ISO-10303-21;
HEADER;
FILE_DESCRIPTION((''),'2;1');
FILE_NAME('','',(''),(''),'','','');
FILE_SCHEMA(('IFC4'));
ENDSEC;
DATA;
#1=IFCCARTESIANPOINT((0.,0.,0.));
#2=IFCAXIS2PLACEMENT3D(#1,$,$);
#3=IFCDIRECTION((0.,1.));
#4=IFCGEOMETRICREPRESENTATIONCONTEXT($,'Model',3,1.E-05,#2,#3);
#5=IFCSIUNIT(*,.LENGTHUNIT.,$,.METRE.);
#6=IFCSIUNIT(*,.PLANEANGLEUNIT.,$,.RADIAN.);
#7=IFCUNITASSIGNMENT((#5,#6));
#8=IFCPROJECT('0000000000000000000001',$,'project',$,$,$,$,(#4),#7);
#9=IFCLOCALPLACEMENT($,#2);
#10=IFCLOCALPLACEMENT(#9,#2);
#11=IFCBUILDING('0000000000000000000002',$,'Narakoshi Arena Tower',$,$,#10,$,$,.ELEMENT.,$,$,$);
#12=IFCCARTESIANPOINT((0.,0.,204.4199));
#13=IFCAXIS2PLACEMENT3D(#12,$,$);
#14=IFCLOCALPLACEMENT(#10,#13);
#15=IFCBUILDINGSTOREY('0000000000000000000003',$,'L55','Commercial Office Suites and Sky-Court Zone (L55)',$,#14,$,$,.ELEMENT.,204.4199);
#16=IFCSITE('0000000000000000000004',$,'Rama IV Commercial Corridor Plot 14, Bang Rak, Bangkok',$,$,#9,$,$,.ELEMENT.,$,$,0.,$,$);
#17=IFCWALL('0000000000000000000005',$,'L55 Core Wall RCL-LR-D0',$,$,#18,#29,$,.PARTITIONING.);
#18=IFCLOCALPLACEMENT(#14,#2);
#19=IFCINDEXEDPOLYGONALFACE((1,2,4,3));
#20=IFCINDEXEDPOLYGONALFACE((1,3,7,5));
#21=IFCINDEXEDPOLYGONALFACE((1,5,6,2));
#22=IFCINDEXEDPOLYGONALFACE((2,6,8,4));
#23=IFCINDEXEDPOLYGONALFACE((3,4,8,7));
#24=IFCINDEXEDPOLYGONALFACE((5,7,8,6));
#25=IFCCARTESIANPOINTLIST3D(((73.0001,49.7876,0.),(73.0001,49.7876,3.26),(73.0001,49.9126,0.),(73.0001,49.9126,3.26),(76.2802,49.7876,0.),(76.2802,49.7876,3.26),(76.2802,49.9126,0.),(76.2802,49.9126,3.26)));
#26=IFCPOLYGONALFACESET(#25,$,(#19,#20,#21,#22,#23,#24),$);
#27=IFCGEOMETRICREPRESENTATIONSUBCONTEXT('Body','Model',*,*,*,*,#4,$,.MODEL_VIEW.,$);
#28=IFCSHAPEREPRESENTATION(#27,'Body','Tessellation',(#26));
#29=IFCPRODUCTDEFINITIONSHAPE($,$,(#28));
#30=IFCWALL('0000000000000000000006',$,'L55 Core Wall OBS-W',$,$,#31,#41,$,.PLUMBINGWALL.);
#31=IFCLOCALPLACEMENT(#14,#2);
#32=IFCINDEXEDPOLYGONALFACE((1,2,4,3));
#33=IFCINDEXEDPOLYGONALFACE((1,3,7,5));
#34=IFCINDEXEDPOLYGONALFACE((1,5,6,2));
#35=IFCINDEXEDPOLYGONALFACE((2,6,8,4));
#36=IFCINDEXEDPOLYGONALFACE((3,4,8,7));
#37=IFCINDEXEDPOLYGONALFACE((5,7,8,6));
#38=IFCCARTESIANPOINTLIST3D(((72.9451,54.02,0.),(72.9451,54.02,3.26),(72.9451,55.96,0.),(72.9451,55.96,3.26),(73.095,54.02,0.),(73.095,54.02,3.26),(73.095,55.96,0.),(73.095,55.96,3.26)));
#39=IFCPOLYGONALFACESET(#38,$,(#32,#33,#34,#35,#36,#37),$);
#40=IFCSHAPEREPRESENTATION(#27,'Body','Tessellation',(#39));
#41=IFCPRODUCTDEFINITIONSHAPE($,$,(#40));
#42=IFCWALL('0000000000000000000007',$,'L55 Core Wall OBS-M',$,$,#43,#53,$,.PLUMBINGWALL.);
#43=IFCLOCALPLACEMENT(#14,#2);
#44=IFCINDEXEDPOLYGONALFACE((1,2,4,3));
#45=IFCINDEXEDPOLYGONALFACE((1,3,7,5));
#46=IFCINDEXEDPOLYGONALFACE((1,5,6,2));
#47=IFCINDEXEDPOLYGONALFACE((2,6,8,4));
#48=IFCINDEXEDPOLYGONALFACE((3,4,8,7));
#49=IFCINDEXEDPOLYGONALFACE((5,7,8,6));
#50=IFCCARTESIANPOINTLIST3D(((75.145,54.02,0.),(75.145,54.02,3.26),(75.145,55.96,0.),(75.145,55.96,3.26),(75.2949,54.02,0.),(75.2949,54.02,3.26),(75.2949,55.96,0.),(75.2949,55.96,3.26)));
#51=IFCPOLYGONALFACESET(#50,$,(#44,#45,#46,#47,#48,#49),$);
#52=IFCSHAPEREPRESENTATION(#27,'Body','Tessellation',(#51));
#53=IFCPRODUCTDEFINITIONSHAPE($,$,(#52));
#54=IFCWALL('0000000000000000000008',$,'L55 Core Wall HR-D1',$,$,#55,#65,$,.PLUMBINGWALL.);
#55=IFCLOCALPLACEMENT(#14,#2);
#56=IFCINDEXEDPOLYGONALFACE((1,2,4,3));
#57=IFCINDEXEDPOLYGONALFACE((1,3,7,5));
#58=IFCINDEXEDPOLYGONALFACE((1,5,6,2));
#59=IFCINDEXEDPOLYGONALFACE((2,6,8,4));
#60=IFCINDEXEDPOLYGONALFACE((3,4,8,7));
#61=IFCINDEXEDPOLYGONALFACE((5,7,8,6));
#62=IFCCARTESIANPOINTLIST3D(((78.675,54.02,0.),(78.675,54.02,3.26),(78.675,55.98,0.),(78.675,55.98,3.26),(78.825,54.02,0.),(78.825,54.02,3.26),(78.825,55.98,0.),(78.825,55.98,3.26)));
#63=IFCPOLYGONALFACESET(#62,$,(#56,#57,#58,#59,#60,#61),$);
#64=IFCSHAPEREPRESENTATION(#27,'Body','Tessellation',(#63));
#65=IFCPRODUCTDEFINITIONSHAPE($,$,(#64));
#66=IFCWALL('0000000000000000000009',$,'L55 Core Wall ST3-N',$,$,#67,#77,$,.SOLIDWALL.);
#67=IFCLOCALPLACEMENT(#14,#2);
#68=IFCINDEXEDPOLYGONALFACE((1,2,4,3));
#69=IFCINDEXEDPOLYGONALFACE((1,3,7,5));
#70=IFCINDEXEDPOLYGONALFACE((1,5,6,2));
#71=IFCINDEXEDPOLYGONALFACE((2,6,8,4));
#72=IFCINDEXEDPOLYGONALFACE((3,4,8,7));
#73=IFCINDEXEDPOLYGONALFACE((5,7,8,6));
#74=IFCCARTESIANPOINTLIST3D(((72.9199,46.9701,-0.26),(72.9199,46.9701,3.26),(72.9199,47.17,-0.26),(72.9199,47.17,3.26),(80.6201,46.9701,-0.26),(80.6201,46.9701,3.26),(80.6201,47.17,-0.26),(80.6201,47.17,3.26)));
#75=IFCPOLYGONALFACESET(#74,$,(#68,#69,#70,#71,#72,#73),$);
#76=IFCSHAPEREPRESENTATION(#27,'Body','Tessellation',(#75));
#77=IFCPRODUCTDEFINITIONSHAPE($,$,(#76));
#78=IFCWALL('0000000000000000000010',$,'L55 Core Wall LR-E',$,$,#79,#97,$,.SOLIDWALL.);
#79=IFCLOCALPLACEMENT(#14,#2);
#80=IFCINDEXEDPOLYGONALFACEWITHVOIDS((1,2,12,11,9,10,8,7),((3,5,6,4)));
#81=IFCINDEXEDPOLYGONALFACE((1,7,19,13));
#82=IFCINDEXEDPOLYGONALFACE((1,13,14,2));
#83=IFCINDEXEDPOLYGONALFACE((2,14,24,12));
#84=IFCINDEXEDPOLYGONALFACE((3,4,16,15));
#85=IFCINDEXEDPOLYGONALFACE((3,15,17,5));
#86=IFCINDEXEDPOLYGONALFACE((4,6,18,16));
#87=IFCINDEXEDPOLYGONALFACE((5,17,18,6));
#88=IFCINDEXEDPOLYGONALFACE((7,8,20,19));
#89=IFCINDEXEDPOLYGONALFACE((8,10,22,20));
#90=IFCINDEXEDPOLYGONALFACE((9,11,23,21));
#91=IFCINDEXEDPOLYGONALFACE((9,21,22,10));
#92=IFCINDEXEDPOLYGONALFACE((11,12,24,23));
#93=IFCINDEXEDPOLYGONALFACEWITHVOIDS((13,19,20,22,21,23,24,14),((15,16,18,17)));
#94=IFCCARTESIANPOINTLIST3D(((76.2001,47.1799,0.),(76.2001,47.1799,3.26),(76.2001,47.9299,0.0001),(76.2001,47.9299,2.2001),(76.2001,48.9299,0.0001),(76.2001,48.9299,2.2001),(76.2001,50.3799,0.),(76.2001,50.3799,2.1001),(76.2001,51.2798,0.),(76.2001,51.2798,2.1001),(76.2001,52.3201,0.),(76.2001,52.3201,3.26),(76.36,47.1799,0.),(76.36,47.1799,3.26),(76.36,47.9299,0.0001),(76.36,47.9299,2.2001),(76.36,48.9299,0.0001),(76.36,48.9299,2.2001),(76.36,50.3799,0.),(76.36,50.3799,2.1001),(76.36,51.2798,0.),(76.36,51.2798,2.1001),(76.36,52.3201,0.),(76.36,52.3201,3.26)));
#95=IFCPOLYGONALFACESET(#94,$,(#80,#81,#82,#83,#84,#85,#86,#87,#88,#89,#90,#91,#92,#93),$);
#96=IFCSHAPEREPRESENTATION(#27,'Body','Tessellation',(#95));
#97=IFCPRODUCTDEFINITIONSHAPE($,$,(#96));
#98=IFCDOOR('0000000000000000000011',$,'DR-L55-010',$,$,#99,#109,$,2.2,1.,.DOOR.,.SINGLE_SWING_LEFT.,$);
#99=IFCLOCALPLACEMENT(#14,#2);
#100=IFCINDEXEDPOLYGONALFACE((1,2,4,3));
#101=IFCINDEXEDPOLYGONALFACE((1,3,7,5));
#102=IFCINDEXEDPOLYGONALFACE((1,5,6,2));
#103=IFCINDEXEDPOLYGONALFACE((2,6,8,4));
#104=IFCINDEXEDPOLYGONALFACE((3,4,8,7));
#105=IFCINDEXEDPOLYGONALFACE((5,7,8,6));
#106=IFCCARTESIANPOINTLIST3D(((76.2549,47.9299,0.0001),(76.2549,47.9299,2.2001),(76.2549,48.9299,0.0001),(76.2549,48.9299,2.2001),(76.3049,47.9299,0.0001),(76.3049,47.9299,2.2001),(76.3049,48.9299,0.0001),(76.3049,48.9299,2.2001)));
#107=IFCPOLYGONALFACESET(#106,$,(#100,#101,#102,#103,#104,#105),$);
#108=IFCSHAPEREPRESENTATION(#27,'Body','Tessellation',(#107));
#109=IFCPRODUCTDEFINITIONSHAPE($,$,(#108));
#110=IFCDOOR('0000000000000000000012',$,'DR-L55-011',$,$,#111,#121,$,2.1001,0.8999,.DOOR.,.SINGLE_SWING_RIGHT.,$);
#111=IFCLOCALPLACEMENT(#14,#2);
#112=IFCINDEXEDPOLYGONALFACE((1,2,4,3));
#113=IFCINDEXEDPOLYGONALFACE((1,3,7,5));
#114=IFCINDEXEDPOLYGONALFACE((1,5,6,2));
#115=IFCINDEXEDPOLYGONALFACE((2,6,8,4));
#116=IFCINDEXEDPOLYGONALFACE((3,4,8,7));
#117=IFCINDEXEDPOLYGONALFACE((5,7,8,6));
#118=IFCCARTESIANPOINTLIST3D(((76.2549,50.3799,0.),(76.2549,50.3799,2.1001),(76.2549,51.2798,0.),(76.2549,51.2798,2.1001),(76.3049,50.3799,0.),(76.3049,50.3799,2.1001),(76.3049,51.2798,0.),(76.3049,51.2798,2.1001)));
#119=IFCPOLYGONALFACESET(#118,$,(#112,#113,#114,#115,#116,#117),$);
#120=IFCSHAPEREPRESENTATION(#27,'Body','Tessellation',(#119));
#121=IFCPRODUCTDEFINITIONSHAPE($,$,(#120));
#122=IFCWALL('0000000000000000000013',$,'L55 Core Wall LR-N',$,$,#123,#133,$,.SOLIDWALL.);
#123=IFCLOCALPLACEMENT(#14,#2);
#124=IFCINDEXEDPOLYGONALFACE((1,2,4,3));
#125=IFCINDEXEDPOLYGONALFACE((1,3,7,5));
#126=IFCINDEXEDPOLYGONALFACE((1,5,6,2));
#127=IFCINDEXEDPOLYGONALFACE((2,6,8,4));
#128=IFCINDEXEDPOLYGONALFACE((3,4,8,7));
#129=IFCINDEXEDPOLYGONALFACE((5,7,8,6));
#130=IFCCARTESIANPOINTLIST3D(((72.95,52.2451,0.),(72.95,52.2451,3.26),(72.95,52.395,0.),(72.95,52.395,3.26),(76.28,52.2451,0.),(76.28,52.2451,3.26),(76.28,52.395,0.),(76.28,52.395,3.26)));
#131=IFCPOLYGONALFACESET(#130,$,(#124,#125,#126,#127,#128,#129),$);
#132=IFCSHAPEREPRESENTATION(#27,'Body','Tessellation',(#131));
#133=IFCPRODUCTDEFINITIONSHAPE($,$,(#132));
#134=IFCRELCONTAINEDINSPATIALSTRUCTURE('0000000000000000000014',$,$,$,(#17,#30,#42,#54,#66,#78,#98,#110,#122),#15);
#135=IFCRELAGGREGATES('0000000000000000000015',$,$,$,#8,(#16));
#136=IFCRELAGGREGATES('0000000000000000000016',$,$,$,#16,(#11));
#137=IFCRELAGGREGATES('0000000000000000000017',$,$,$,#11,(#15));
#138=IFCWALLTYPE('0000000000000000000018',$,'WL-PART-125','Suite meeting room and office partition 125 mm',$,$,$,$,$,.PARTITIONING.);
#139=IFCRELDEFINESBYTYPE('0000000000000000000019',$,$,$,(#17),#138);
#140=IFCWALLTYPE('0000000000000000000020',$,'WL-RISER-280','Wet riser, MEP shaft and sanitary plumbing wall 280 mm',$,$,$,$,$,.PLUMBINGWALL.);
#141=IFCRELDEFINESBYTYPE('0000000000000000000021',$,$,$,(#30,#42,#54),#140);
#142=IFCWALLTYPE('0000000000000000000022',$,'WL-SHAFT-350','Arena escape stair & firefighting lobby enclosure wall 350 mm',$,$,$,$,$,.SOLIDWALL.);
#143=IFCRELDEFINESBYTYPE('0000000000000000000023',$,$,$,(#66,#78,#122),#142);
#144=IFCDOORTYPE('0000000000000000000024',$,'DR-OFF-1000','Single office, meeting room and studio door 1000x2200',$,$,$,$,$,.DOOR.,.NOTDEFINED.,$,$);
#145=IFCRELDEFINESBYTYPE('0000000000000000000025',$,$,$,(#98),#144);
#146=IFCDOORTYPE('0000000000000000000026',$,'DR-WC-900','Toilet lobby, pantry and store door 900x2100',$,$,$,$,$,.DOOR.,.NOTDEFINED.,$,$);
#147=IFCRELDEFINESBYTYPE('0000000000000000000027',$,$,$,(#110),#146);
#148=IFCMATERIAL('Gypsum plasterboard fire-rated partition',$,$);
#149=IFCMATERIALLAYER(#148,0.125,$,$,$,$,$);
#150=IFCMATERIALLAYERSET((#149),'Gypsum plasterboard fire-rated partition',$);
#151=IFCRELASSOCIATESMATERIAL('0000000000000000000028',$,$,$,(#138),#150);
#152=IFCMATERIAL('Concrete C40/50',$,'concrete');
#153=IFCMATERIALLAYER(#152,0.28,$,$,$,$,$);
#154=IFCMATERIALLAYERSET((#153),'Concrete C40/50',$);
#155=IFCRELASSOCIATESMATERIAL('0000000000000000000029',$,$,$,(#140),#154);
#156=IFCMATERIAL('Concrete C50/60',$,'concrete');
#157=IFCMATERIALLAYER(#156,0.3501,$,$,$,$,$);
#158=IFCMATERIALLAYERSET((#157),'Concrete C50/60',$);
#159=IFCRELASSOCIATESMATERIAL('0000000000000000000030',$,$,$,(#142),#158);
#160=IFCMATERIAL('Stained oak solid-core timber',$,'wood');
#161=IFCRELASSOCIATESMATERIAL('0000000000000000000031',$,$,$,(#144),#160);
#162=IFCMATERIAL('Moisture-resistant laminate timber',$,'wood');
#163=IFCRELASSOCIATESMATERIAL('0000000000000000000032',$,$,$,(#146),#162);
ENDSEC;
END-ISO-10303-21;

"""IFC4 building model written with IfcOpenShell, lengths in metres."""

from ifc_helpers import new_model, si_unit, direction, frame, frame_2d, origin, place, context, subcontext, project, spatial, rectangle, extrude, material, layer, layer_set, type_object, element, fill, save


model = new_model("IFC4")

# Units and contexts
model_context = context("Model", 3, precision=1e-05, world=origin(), true_north=direction((0.0, 1.0)))
body_context = subcontext(model_context, "Body", "Model", "MODEL_VIEW")
ifc_project = project(units=[si_unit("LENGTHUNIT", "METRE"), si_unit("PLANEANGLEUNIT", "RADIAN")], contexts=[model_context])

# Site, building, storey
site_placement = place(None, origin())
site = spatial("IfcSite", under=ifc_project, at=site_placement, Name="Rama IV Commercial Corridor Plot 14, Bang Rak, Bangkok", CompositionType="ELEMENT", RefElevation=0.0)
building_placement = place(site_placement, origin())
building = spatial("IfcBuilding", under=site, at=building_placement, Name="Narakoshi Arena Tower", CompositionType="ELEMENT")
storey_placement = place(building_placement, frame((0.0, 0.0, 204.4199)))
storey = spatial("IfcBuildingStorey", under=building, at=storey_placement, Name="L55", Description="Commercial Office Suites and Sky-Court Zone (L55)", CompositionType="ELEMENT", Elevation=204.4199)

# Walls
ifc_material_1 = material(Name="Gypsum plasterboard fire-rated partition")
ifc_layer_1 = layer(ifc_material_1, 0.125)
ifc_layer_set_1 = layer_set([ifc_layer_1], Name="Gypsum plasterboard fire-rated partition")
wall_type_1 = type_object("IfcWallType", Name="WL-PART-125", Description="Suite meeting room and office partition 125 mm", PredefinedType="PARTITIONING", material=ifc_layer_set_1)
wall_1_placement = place(storey_placement, frame((73.0, 49.8501, 0.0), z_axis=(0.0, 0.0, 1.0), x_axis=(1.0, 0.0, 0.0)))
element("IfcWall", 1, at=wall_1_placement, inside=storey, type_object=wall_type_1, Name="L55 Core Wall RCL-LR-D0", PredefinedType="PARTITIONING", context=body_context, shape_type="SweptSolid", body=[
    extrude(rectangle(XDim=3.28, YDim=0.125, at=frame_2d((1.6401, 0.0))), origin(), (0.0, 0.0, 1.0), 3.26),
])
ifc_material_2 = material(Name="Concrete C40/50", Category="concrete")
ifc_layer_2 = layer(ifc_material_2, 0.28)
ifc_layer_set_2 = layer_set([ifc_layer_2], Name="Concrete C40/50")
wall_type_2 = type_object("IfcWallType", Name="WL-RISER-280", Description="Wet riser, MEP shaft and sanitary plumbing wall 280 mm", PredefinedType="PLUMBINGWALL", material=ifc_layer_set_2)
for number, where, z_axis, x_axis, name in (
    (2, (73.02, 54.02, 0.0), (0.0, 0.0, 1.0), (0.0, 1.0, 0.0), "L55 Core Wall OBS-W"),
    (3, (75.22, 54.02, 0.0), (0.0, 0.0, 1.0), (0.0, 1.0, 0.0), "L55 Core Wall OBS-M"),
):
    element("IfcWall", number, at=place(storey_placement, frame(where, z_axis=z_axis, x_axis=x_axis)), inside=storey, type_object=wall_type_2, Name=name, PredefinedType="PLUMBINGWALL", context=body_context, shape_type="SweptSolid", body=[
        extrude(rectangle(XDim=1.9399, YDim=0.1499, at=frame_2d((0.97, 0.0))), origin(), (0.0, 0.0, 1.0), 3.26),
    ])
wall_2_placement = place(storey_placement, frame((78.75, 54.02, 0.0), z_axis=(0.0, 0.0, 1.0), x_axis=(0.0, 1.0, 0.0)))
element("IfcWall", 4, at=wall_2_placement, inside=storey, type_object=wall_type_2, Name="L55 Core Wall HR-D1", PredefinedType="PLUMBINGWALL", context=body_context, shape_type="SweptSolid", body=[
    extrude(rectangle(XDim=1.96, YDim=0.1499, at=frame_2d((0.98, 0.0))), origin(), (0.0, 0.0, 1.0), 3.26),
])
ifc_material_3 = material(Name="Concrete C50/60", Category="concrete")
ifc_layer_3 = layer(ifc_material_3, 0.3501)
ifc_layer_set_3 = layer_set([ifc_layer_3], Name="Concrete C50/60")
wall_type_3 = type_object("IfcWallType", Name="WL-SHAFT-350", Description="Arena escape stair & firefighting lobby enclosure wall 350 mm", PredefinedType="SOLIDWALL", material=ifc_layer_set_3)
wall_3_placement = place(storey_placement, frame((72.9199, 47.0701, -0.26), z_axis=(0.0, 0.0, 1.0), x_axis=(1.0, 0.0, 0.0)))
element("IfcWall", 5, at=wall_3_placement, inside=storey, type_object=wall_type_3, Name="L55 Core Wall ST3-N", PredefinedType="SOLIDWALL", context=body_context, shape_type="SweptSolid", body=[
    extrude(rectangle(XDim=7.7002, YDim=0.2, at=frame_2d((3.8501, 0.0))), origin(), (0.0, 0.0, 1.0), 3.52),
])

# Wall, openings, doors
wall_4_placement = place(storey_placement, frame((76.28, 47.1799, 0.0), z_axis=(0.0, 0.0, 1.0), x_axis=(0.0, 1.0, 0.0)))
wall_4 = element("IfcWall", 6, at=wall_4_placement, inside=storey, type_object=wall_type_3, Name="L55 Core Wall LR-E", PredefinedType="SOLIDWALL", context=body_context, shape_type="SweptSolid", body=[
    extrude(rectangle(XDim=5.1401, YDim=0.1599, at=frame_2d((2.5701, 0.0))), origin(), (0.0, 0.0, 1.0), 3.26),
])
opening_1_placement = place(wall_4_placement, frame((0.75, 0.0, 0.0)))
opening_1 = element("IfcOpeningElement", 7, at=opening_1_placement, cuts=wall_4, PredefinedType="OPENING", context=body_context, shape_type="SweptSolid", body=[
    extrude(rectangle(XDim=1.0, YDim=2.2, at=frame_2d((0.5, 1.1001))), frame((0.0, 0.0898, 0.0), z_axis=(0.0, -1.0, 0.0), x_axis=(1.0, 0.0, 0.0)), (0.0, 0.0, 1.0), 0.1799),
])
opening_2_placement = place(wall_4_placement, frame((3.2, 0.0, 0.0)))
opening_2 = element("IfcOpeningElement", 8, at=opening_2_placement, cuts=wall_4, PredefinedType="OPENING", context=body_context, shape_type="SweptSolid", body=[
    extrude(rectangle(XDim=0.8999, YDim=2.1001, at=frame_2d((0.45, 1.05))), frame((0.0, 0.0898, 0.0), z_axis=(0.0, -1.0, 0.0), x_axis=(1.0, 0.0, 0.0)), (0.0, 0.0, 1.0), 0.1799),
])
ifc_material_4 = material(Name="Stained oak solid-core timber", Category="wood")
door_type_1 = type_object("IfcDoorType", Name="DR-OFF-1000", Description="Single office, meeting room and studio door 1000x2200", OperationType="NOTDEFINED", PredefinedType="DOOR", material=ifc_material_4)
door_1_placement = place(opening_1_placement, frame((1.0, 0.0, 0.0), z_axis=(0.0, 0.0, 1.0), x_axis=(-1.0, 0.0, 0.0)))
door_1 = element("IfcDoor", 9, at=door_1_placement, inside=storey, type_object=door_type_1, Name="DR-L55-010", OperationType="SINGLE_SWING_LEFT", OverallHeight=2.2, OverallWidth=1.0, PredefinedType="DOOR", context=body_context, shape_type="SweptSolid", body=[
    extrude(rectangle(XDim=1.0, YDim=2.2, at=frame_2d((0.5, 1.1001))), frame((0.0, 0.0249, 0.0), z_axis=(0.0, -1.0, 0.0), x_axis=(1.0, 0.0, 0.0)), (0.0, 0.0, 1.0), 0.05),
])
fill(opening_1, door_1)
ifc_material_5 = material(Name="Moisture-resistant laminate timber", Category="wood")
door_type_2 = type_object("IfcDoorType", Name="DR-WC-900", Description="Toilet lobby, pantry and store door 900x2100", OperationType="NOTDEFINED", PredefinedType="DOOR", material=ifc_material_5)
door_2_placement = place(opening_2_placement, frame((0.8999, 0.0, 0.0), z_axis=(0.0, 0.0, 1.0), x_axis=(-1.0, 0.0, 0.0)))
door_2 = element("IfcDoor", 10, at=door_2_placement, inside=storey, type_object=door_type_2, Name="DR-L55-011", OperationType="SINGLE_SWING_RIGHT", OverallHeight=2.1001, OverallWidth=0.8999, PredefinedType="DOOR", context=body_context, shape_type="SweptSolid", body=[
    extrude(rectangle(XDim=0.8999, YDim=2.1001, at=frame_2d((0.45, 1.05))), frame((0.0, 0.0249, 0.0), z_axis=(0.0, -1.0, 0.0), x_axis=(1.0, 0.0, 0.0)), (0.0, 0.0, 1.0), 0.05),
])
fill(opening_2, door_2)

# Wall
wall_5_placement = place(storey_placement, frame((72.95, 52.3201, 0.0), z_axis=(0.0, 0.0, 1.0), x_axis=(1.0, 0.0, 0.0)))
element("IfcWall", 11, at=wall_5_placement, inside=storey, type_object=wall_type_3, Name="L55 Core Wall LR-N", PredefinedType="SOLIDWALL", context=body_context, shape_type="SweptSolid", body=[
    extrude(rectangle(XDim=3.3301, YDim=0.1499, at=frame_2d((1.665, 0.0))), origin(), (0.0, 0.0, 1.0), 3.26),
])

save(model, "model.ifc")
